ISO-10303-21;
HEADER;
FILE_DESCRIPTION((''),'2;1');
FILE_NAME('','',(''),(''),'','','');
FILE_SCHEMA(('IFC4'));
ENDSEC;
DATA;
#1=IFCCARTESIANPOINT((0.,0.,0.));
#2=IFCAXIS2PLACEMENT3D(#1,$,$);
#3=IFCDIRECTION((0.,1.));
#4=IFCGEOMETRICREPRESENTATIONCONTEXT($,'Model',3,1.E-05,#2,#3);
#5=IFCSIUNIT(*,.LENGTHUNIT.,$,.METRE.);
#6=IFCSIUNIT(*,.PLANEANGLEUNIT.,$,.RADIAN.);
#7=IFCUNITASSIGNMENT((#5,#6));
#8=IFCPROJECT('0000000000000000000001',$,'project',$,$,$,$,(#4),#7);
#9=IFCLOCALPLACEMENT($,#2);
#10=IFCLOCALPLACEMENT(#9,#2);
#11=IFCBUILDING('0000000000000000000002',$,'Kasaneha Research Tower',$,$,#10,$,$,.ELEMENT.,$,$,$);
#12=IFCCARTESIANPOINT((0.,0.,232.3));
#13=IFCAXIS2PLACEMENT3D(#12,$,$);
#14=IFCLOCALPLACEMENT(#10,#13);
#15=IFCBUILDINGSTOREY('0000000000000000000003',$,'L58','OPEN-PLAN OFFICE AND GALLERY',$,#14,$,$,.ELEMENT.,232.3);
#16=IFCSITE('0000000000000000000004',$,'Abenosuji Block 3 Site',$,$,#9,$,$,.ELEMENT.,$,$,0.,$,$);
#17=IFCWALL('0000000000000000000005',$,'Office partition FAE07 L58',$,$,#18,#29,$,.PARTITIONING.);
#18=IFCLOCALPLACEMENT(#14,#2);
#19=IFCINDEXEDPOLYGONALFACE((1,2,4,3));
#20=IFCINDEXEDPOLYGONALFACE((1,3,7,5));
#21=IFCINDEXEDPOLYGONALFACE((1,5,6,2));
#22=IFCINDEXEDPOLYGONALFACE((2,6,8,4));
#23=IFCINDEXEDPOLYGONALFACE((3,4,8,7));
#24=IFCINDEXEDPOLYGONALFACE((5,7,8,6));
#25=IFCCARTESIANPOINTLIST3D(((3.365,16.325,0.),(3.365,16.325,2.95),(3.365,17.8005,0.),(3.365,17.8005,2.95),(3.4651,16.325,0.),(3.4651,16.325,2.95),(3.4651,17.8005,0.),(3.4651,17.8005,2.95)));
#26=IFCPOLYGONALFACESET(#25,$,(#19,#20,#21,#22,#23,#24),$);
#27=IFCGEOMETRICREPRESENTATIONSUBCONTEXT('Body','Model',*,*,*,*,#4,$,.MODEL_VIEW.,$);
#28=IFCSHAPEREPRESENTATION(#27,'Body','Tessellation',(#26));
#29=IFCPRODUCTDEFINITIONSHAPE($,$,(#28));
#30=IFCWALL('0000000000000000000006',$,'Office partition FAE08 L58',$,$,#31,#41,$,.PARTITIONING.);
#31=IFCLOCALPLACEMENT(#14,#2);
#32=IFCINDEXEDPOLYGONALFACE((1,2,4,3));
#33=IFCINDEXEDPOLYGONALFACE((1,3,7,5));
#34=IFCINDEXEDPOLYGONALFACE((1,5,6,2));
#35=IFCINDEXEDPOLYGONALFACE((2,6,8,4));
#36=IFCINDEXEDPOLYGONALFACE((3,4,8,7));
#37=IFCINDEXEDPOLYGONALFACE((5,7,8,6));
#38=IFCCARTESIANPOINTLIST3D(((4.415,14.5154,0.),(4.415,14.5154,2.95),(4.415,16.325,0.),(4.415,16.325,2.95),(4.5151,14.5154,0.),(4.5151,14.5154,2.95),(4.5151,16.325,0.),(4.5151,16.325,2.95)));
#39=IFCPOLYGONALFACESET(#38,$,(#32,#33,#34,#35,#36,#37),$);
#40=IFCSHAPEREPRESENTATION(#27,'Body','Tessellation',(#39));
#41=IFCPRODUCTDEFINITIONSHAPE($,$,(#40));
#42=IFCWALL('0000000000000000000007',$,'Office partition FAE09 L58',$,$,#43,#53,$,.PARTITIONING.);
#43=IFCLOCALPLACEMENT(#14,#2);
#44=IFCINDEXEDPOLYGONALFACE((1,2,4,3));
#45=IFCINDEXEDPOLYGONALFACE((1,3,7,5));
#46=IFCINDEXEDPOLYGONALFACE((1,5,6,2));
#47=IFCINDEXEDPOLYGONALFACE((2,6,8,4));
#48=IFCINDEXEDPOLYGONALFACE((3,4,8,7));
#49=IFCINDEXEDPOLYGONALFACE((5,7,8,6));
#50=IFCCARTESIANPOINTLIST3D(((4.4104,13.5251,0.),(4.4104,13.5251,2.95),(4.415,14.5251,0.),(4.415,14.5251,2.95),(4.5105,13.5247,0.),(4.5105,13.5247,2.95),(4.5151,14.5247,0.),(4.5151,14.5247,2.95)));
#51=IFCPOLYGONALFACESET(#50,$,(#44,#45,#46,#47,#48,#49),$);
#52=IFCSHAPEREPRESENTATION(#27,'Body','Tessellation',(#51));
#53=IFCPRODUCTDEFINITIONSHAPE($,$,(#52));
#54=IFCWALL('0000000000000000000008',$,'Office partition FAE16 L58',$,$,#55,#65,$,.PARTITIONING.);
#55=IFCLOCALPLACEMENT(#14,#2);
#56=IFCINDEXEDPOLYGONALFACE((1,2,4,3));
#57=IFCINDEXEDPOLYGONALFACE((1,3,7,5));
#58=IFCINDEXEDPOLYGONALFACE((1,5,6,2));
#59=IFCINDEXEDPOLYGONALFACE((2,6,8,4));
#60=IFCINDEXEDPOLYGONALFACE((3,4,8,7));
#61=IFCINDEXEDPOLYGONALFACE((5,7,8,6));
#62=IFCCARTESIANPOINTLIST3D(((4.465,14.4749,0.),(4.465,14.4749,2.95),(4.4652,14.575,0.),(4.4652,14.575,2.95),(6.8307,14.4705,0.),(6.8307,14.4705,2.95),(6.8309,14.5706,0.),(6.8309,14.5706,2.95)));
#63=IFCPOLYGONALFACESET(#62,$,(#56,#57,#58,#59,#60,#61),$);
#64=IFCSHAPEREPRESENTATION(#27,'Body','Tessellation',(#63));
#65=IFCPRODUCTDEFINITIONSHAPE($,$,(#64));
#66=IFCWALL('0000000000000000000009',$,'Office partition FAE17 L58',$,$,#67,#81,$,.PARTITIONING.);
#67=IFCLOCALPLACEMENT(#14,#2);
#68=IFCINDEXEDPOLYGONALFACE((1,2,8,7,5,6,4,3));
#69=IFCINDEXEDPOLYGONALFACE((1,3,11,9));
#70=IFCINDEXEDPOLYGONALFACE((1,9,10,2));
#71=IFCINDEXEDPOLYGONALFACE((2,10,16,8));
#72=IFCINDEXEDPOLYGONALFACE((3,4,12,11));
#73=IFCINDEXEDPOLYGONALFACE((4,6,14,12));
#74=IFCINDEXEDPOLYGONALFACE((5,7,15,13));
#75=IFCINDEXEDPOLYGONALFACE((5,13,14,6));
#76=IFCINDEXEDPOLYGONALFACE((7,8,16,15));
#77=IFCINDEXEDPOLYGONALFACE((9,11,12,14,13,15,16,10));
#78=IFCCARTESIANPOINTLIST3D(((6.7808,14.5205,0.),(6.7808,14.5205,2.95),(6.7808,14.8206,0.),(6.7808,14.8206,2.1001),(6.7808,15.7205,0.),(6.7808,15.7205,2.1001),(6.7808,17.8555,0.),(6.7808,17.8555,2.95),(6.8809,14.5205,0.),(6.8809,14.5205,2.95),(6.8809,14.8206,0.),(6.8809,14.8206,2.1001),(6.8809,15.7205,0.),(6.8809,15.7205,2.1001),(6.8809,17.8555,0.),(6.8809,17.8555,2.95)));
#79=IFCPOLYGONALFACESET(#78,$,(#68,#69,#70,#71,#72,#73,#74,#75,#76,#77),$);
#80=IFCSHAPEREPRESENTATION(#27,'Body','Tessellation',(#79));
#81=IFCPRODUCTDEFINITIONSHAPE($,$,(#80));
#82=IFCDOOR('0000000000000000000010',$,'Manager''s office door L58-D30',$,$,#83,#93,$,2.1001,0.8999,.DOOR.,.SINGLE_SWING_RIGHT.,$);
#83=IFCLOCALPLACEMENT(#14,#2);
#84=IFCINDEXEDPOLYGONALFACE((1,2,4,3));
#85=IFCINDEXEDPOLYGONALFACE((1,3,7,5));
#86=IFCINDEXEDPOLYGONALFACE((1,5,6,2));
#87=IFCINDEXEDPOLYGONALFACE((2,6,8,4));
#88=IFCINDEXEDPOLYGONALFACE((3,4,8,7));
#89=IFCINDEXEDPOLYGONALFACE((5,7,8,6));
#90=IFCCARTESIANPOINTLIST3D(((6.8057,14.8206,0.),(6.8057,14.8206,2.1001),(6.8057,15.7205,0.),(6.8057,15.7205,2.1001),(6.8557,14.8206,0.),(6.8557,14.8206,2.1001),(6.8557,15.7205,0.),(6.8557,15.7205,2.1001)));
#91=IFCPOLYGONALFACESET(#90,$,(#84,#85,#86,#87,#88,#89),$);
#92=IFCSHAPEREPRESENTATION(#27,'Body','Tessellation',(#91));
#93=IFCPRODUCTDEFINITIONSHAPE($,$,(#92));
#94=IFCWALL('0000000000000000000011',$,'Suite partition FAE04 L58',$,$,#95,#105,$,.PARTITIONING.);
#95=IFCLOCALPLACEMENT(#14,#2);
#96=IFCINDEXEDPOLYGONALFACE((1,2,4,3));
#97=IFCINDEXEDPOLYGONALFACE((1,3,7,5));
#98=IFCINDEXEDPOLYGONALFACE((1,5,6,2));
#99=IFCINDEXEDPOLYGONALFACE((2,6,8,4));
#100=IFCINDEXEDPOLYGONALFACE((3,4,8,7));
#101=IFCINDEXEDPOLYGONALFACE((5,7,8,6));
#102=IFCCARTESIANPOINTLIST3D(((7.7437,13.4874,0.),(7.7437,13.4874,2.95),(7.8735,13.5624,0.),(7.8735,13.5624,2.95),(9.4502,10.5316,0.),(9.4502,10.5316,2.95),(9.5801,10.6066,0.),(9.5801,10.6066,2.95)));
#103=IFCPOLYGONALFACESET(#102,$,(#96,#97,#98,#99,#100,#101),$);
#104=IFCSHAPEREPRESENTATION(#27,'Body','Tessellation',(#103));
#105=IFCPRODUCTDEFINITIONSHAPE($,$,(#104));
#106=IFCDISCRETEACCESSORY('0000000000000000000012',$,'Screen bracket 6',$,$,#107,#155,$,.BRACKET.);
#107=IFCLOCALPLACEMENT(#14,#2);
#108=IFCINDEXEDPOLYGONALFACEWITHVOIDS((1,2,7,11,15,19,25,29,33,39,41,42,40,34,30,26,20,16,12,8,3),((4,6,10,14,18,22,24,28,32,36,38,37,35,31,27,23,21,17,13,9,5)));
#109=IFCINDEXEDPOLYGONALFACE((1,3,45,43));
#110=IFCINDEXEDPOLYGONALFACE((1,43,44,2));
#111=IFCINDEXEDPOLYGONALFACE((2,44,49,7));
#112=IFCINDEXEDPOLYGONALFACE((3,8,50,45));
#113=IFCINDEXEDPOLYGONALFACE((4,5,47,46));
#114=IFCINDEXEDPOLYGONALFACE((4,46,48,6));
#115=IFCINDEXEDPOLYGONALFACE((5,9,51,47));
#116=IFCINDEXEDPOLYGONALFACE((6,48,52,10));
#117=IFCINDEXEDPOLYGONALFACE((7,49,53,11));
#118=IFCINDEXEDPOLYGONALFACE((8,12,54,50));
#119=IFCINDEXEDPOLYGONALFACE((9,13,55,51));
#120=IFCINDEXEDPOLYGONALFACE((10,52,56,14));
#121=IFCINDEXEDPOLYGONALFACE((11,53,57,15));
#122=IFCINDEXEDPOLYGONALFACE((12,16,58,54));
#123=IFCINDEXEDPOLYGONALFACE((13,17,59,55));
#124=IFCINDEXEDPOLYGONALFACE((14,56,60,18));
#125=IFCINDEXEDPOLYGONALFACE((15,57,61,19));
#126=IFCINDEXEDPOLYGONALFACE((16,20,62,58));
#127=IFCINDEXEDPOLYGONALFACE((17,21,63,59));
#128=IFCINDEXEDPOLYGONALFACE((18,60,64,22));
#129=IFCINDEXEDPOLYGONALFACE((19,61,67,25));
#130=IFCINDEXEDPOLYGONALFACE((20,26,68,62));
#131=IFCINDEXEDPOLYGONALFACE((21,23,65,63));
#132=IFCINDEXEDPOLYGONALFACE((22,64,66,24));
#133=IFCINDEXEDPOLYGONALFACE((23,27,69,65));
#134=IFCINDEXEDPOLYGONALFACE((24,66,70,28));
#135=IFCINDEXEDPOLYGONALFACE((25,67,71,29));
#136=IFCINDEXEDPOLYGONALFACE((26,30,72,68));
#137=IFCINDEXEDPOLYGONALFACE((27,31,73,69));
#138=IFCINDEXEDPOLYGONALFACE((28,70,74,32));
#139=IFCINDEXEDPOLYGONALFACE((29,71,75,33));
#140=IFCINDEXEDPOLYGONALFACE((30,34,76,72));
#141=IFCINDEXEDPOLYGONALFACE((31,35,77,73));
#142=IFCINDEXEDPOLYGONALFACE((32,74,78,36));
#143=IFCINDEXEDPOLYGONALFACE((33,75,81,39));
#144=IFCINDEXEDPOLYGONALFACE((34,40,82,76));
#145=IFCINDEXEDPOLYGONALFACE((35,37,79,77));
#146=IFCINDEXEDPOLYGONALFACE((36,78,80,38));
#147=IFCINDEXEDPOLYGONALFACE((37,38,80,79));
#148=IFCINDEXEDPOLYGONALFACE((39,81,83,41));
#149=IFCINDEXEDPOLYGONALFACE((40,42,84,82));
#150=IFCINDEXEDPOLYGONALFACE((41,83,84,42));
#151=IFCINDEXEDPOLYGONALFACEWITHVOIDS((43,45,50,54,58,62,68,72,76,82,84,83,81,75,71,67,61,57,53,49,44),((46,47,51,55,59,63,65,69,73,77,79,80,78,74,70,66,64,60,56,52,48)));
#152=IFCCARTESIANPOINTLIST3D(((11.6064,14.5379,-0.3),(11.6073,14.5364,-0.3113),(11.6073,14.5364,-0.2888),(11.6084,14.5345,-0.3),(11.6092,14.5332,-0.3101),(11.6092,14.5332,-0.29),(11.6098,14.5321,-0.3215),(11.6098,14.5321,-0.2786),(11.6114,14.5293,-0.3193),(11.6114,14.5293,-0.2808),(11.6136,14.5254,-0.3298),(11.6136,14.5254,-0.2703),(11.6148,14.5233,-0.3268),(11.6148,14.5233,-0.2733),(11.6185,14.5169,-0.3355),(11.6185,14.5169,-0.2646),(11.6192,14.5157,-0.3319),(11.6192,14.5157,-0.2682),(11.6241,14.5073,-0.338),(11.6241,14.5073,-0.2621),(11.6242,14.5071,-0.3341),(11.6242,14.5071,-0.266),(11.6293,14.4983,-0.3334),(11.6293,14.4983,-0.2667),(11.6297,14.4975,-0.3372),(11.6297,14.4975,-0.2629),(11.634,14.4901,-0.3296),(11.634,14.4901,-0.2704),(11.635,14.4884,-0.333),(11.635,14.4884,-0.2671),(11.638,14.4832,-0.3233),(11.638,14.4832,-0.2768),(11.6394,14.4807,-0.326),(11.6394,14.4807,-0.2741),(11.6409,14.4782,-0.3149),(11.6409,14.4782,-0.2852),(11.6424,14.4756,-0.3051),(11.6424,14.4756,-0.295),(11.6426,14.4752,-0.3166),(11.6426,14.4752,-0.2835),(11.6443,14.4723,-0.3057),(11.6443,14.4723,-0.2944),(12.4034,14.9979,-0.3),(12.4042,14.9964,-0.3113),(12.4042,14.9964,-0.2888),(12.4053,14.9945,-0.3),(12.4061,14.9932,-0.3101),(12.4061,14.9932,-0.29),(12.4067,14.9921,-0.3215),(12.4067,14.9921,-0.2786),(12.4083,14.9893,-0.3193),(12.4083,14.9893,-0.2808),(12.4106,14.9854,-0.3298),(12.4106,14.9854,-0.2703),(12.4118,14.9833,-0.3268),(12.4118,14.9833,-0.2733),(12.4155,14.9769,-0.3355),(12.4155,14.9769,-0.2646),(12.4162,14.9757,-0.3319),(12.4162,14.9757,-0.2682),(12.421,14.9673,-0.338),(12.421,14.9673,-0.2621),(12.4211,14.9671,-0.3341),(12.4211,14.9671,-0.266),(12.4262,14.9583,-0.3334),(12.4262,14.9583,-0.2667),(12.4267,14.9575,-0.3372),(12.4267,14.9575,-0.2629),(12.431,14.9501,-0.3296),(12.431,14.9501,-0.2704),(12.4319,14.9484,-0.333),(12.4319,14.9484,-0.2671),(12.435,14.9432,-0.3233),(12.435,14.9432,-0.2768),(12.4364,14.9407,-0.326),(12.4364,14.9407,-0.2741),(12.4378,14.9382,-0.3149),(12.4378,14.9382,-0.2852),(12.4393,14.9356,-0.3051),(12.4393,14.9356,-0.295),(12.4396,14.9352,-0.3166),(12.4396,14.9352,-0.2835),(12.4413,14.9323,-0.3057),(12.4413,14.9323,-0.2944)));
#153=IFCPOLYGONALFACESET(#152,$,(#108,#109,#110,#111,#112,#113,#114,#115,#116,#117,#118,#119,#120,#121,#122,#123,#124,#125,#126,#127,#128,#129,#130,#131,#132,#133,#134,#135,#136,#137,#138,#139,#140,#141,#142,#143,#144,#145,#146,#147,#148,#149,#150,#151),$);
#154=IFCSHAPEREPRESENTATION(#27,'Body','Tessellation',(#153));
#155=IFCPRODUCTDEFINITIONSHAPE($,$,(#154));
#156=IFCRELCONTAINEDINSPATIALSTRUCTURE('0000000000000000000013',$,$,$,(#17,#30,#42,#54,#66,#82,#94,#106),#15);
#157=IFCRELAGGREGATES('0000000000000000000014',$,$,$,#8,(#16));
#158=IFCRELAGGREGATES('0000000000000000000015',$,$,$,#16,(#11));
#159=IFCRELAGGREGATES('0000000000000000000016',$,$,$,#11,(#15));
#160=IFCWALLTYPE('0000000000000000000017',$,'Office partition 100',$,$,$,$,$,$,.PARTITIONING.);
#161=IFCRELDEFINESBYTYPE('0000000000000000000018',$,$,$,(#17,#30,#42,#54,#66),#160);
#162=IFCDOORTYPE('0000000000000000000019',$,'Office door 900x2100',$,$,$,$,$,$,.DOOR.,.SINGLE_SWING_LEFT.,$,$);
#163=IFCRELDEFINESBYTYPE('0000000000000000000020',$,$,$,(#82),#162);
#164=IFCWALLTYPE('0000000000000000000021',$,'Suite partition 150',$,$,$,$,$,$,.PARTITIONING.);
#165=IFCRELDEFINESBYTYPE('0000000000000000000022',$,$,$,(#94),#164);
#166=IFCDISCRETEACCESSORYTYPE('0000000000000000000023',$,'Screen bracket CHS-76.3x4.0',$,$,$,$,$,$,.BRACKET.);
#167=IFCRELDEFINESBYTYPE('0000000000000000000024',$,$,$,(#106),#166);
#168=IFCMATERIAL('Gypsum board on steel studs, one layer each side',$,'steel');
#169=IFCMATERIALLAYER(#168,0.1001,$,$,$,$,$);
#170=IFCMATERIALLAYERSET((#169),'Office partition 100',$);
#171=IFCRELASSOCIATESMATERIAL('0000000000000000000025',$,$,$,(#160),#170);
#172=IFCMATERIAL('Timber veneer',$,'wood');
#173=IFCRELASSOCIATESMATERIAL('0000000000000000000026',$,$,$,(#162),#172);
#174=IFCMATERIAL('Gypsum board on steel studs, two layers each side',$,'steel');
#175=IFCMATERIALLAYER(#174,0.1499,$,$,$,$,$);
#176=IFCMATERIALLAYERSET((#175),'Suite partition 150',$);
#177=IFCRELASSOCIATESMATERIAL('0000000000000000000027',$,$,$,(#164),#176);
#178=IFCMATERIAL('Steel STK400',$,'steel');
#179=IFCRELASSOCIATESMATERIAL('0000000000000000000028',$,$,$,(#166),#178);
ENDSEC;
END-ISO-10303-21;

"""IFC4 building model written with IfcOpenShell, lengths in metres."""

from ifc_helpers import new_model, si_unit, direction, frame, frame_2d, origin, origin_2d, place, context, subcontext, project, spatial, rectangle, hollow_circle, extrude, material, layer, layer_set, material_profile, profile_set, type_object, element, fill, save


model = new_model("IFC4")

# Units and contexts
model_context = context("Model", 3, precision=1e-05, world=origin(), true_north=direction((0.0, 1.0)))
body_context = subcontext(model_context, "Body", "Model", "MODEL_VIEW")
ifc_project = project(units=[si_unit("LENGTHUNIT", "METRE"), si_unit("PLANEANGLEUNIT", "RADIAN")], contexts=[model_context])

# Site, building, storey
site_placement = place(None, origin())
site = spatial("IfcSite", under=ifc_project, at=site_placement, Name="Abenosuji Block 3 Site", CompositionType="ELEMENT", RefElevation=0.0)
building_placement = place(site_placement, origin())
building = spatial("IfcBuilding", under=site, at=building_placement, Name="Kasaneha Research Tower", CompositionType="ELEMENT")
storey_placement = place(building_placement, frame((0.0, 0.0, 232.3)))
storey = spatial("IfcBuildingStorey", under=building, at=storey_placement, Name="L58", Description="OPEN-PLAN OFFICE AND GALLERY", CompositionType="ELEMENT", Elevation=232.3)

# Walls
ifc_material_1 = material(Name="Gypsum board on steel studs, one layer each side", Category="steel")
ifc_layer_1 = layer(ifc_material_1, 0.1001)
ifc_layer_set_1 = layer_set([ifc_layer_1], Name="Office partition 100")
wall_type_1 = type_object("IfcWallType", Name="Office partition 100", PredefinedType="PARTITIONING", material=ifc_layer_set_1)
wall_1_placement = place(storey_placement, frame((3.415, 17.8005, 0.0), z_axis=(0.0, 0.0, 1.0), x_axis=(0.0, -1.0, 0.0)))
element("IfcWall", 1, at=wall_1_placement, inside=storey, type_object=wall_type_1, Name="Office partition FAE07 L58", PredefinedType="PARTITIONING", context=body_context, shape_type="SweptSolid", body=[
    extrude(rectangle(XDim=1.4756, YDim=0.1001, at=frame_2d((0.7378, 0.0))), origin(), (0.0, 0.0, 1.0), 2.95),
])
wall_2_placement = place(storey_placement, frame((4.4651, 16.325, 0.0), z_axis=(0.0, 0.0, 1.0), x_axis=(0.0, -1.0, 0.0)))
element("IfcWall", 2, at=wall_2_placement, inside=storey, type_object=wall_type_1, Name="Office partition FAE08 L58", PredefinedType="PARTITIONING", context=body_context, shape_type="SweptSolid", body=[
    extrude(rectangle(XDim=1.8096, YDim=0.1001, at=frame_2d((0.9048, 0.0))), origin(), (0.0, 0.0, 1.0), 2.95),
])
wall_3_placement = place(storey_placement, frame((4.4651, 14.5249, 0.0), z_axis=(0.0, 0.0, 1.0), x_axis=(-0.004639, -0.999989, 0.0)))
element("IfcWall", 3, at=wall_3_placement, inside=storey, type_object=wall_type_1, Name="Office partition FAE09 L58", PredefinedType="PARTITIONING", context=body_context, shape_type="SweptSolid", body=[
    extrude(rectangle(XDim=1.0, YDim=0.1001, at=frame_2d((0.5, 0.0))), origin(), (0.0, 0.0, 1.0), 2.95),
])
wall_4_placement = place(storey_placement, frame((6.8308, 14.5205, 0.0), z_axis=(0.0, 0.0, 1.0), x_axis=(-0.999998, 0.001858, 0.0)))
element("IfcWall", 4, at=wall_4_placement, inside=storey, type_object=wall_type_1, Name="Office partition FAE16 L58", PredefinedType="PARTITIONING", context=body_context, shape_type="SweptSolid", body=[
    extrude(rectangle(XDim=2.3657, YDim=0.1001, at=frame_2d((1.1829, 0.0))), origin(), (0.0, 0.0, 1.0), 2.95),
])

# Wall, opening, door
wall_5_placement = place(storey_placement, frame((6.8308, 17.8555, 0.0), z_axis=(0.0, 0.0, 1.0), x_axis=(0.0, -1.0, 0.0)))
wall_5 = element("IfcWall", 5, at=wall_5_placement, inside=storey, type_object=wall_type_1, Name="Office partition FAE17 L58", PredefinedType="PARTITIONING", context=body_context, shape_type="SweptSolid", body=[
    extrude(rectangle(XDim=3.335, YDim=0.1001, at=frame_2d((1.6675, 0.0))), origin(), (0.0, 0.0, 1.0), 2.95),
])
opening_placement = place(wall_5_placement, frame((2.135, 0.0, 0.0)))
opening = element("IfcOpeningElement", 6, at=opening_placement, cuts=wall_5, PredefinedType="OPENING", context=body_context, shape_type="SweptSolid", body=[
    extrude(rectangle(XDim=0.8999, YDim=2.1001, at=frame_2d((0.45, 1.05))), frame((0.0, 0.0601, 0.0), z_axis=(0.0, -1.0, 0.0), x_axis=(1.0, 0.0, 0.0)), (0.0, 0.0, 1.0), 0.1201),
])
ifc_material_2 = material(Name="Timber veneer", Category="wood")
door_type = type_object("IfcDoorType", Name="Office door 900x2100", OperationType="SINGLE_SWING_LEFT", PredefinedType="DOOR", material=ifc_material_2)
door_placement = place(opening_placement, origin())
door = element("IfcDoor", 7, at=door_placement, inside=storey, type_object=door_type, Name="Manager's office door L58-D30", OperationType="SINGLE_SWING_RIGHT", OverallHeight=2.1001, OverallWidth=0.8999, PredefinedType="DOOR", context=body_context, shape_type="SweptSolid", body=[
    extrude(rectangle(XDim=0.8999, YDim=2.1001, at=frame_2d((0.45, 1.05))), frame((0.0, 0.0249, 0.0), z_axis=(0.0, -1.0, 0.0), x_axis=(1.0, 0.0, 0.0)), (0.0, 0.0, 1.0), 0.05),
])
fill(opening, door)

# Wall
ifc_material_3 = material(Name="Gypsum board on steel studs, two layers each side", Category="steel")
ifc_layer_2 = layer(ifc_material_3, 0.1499)
ifc_layer_set_2 = layer_set([ifc_layer_2], Name="Suite partition 150")
wall_type_2 = type_object("IfcWallType", Name="Suite partition 150", PredefinedType="PARTITIONING", material=ifc_layer_set_2)
wall_6_placement = place(storey_placement, frame((7.8086, 13.5249, 0.0), z_axis=(0.0, 0.0, 1.0), x_axis=(0.500001, -0.866025, 0.0)))
element("IfcWall", 8, at=wall_6_placement, inside=storey, type_object=wall_type_2, Name="Suite partition FAE04 L58", PredefinedType="PARTITIONING", context=body_context, shape_type="SweptSolid", body=[
    extrude(rectangle(XDim=3.4131, YDim=0.1499, at=frame_2d((1.7065, 0.0))), origin(), (0.0, 0.0, 1.0), 2.95),
])

# Discrete accessory
ifc_material_4 = material(Name="Steel STK400", Category="steel")
ifc_material_profile_1 = material_profile(ifc_material_4, hollow_circle(Radius=0.0381, WallThickness=0.0039, at=origin_2d()), Name="CHS-76.3x4.0")
ifc_profile_set_1 = profile_set([ifc_material_profile_1], Name="Steel STK400")
discrete_accessory_type = type_object("IfcDiscreteAccessoryType", Name="Screen bracket CHS-76.3x4.0", PredefinedType="BRACKET", material=ifc_profile_set_1)
for number, where, z_axis, x_axis, name in (
    (9, (11.6255, 14.5049, -0.3), (0.86608, 0.499906, 0.0), (-0.499906, 0.86608, 0.0), "Screen bracket 6"),
):
    element("IfcDiscreteAccessory", number, at=place(storey_placement, frame(where, z_axis=z_axis, x_axis=x_axis)), inside=storey, type_object=discrete_accessory_type, Name=name, PredefinedType="BRACKET", context=body_context, shape_type="SweptSolid", body=[
        extrude(hollow_circle(Radius=0.0381, WallThickness=0.0039, at=origin_2d()), origin(), (0.0, 0.0, 1.0), 0.9202),
    ])

save(model, "model.ifc")
